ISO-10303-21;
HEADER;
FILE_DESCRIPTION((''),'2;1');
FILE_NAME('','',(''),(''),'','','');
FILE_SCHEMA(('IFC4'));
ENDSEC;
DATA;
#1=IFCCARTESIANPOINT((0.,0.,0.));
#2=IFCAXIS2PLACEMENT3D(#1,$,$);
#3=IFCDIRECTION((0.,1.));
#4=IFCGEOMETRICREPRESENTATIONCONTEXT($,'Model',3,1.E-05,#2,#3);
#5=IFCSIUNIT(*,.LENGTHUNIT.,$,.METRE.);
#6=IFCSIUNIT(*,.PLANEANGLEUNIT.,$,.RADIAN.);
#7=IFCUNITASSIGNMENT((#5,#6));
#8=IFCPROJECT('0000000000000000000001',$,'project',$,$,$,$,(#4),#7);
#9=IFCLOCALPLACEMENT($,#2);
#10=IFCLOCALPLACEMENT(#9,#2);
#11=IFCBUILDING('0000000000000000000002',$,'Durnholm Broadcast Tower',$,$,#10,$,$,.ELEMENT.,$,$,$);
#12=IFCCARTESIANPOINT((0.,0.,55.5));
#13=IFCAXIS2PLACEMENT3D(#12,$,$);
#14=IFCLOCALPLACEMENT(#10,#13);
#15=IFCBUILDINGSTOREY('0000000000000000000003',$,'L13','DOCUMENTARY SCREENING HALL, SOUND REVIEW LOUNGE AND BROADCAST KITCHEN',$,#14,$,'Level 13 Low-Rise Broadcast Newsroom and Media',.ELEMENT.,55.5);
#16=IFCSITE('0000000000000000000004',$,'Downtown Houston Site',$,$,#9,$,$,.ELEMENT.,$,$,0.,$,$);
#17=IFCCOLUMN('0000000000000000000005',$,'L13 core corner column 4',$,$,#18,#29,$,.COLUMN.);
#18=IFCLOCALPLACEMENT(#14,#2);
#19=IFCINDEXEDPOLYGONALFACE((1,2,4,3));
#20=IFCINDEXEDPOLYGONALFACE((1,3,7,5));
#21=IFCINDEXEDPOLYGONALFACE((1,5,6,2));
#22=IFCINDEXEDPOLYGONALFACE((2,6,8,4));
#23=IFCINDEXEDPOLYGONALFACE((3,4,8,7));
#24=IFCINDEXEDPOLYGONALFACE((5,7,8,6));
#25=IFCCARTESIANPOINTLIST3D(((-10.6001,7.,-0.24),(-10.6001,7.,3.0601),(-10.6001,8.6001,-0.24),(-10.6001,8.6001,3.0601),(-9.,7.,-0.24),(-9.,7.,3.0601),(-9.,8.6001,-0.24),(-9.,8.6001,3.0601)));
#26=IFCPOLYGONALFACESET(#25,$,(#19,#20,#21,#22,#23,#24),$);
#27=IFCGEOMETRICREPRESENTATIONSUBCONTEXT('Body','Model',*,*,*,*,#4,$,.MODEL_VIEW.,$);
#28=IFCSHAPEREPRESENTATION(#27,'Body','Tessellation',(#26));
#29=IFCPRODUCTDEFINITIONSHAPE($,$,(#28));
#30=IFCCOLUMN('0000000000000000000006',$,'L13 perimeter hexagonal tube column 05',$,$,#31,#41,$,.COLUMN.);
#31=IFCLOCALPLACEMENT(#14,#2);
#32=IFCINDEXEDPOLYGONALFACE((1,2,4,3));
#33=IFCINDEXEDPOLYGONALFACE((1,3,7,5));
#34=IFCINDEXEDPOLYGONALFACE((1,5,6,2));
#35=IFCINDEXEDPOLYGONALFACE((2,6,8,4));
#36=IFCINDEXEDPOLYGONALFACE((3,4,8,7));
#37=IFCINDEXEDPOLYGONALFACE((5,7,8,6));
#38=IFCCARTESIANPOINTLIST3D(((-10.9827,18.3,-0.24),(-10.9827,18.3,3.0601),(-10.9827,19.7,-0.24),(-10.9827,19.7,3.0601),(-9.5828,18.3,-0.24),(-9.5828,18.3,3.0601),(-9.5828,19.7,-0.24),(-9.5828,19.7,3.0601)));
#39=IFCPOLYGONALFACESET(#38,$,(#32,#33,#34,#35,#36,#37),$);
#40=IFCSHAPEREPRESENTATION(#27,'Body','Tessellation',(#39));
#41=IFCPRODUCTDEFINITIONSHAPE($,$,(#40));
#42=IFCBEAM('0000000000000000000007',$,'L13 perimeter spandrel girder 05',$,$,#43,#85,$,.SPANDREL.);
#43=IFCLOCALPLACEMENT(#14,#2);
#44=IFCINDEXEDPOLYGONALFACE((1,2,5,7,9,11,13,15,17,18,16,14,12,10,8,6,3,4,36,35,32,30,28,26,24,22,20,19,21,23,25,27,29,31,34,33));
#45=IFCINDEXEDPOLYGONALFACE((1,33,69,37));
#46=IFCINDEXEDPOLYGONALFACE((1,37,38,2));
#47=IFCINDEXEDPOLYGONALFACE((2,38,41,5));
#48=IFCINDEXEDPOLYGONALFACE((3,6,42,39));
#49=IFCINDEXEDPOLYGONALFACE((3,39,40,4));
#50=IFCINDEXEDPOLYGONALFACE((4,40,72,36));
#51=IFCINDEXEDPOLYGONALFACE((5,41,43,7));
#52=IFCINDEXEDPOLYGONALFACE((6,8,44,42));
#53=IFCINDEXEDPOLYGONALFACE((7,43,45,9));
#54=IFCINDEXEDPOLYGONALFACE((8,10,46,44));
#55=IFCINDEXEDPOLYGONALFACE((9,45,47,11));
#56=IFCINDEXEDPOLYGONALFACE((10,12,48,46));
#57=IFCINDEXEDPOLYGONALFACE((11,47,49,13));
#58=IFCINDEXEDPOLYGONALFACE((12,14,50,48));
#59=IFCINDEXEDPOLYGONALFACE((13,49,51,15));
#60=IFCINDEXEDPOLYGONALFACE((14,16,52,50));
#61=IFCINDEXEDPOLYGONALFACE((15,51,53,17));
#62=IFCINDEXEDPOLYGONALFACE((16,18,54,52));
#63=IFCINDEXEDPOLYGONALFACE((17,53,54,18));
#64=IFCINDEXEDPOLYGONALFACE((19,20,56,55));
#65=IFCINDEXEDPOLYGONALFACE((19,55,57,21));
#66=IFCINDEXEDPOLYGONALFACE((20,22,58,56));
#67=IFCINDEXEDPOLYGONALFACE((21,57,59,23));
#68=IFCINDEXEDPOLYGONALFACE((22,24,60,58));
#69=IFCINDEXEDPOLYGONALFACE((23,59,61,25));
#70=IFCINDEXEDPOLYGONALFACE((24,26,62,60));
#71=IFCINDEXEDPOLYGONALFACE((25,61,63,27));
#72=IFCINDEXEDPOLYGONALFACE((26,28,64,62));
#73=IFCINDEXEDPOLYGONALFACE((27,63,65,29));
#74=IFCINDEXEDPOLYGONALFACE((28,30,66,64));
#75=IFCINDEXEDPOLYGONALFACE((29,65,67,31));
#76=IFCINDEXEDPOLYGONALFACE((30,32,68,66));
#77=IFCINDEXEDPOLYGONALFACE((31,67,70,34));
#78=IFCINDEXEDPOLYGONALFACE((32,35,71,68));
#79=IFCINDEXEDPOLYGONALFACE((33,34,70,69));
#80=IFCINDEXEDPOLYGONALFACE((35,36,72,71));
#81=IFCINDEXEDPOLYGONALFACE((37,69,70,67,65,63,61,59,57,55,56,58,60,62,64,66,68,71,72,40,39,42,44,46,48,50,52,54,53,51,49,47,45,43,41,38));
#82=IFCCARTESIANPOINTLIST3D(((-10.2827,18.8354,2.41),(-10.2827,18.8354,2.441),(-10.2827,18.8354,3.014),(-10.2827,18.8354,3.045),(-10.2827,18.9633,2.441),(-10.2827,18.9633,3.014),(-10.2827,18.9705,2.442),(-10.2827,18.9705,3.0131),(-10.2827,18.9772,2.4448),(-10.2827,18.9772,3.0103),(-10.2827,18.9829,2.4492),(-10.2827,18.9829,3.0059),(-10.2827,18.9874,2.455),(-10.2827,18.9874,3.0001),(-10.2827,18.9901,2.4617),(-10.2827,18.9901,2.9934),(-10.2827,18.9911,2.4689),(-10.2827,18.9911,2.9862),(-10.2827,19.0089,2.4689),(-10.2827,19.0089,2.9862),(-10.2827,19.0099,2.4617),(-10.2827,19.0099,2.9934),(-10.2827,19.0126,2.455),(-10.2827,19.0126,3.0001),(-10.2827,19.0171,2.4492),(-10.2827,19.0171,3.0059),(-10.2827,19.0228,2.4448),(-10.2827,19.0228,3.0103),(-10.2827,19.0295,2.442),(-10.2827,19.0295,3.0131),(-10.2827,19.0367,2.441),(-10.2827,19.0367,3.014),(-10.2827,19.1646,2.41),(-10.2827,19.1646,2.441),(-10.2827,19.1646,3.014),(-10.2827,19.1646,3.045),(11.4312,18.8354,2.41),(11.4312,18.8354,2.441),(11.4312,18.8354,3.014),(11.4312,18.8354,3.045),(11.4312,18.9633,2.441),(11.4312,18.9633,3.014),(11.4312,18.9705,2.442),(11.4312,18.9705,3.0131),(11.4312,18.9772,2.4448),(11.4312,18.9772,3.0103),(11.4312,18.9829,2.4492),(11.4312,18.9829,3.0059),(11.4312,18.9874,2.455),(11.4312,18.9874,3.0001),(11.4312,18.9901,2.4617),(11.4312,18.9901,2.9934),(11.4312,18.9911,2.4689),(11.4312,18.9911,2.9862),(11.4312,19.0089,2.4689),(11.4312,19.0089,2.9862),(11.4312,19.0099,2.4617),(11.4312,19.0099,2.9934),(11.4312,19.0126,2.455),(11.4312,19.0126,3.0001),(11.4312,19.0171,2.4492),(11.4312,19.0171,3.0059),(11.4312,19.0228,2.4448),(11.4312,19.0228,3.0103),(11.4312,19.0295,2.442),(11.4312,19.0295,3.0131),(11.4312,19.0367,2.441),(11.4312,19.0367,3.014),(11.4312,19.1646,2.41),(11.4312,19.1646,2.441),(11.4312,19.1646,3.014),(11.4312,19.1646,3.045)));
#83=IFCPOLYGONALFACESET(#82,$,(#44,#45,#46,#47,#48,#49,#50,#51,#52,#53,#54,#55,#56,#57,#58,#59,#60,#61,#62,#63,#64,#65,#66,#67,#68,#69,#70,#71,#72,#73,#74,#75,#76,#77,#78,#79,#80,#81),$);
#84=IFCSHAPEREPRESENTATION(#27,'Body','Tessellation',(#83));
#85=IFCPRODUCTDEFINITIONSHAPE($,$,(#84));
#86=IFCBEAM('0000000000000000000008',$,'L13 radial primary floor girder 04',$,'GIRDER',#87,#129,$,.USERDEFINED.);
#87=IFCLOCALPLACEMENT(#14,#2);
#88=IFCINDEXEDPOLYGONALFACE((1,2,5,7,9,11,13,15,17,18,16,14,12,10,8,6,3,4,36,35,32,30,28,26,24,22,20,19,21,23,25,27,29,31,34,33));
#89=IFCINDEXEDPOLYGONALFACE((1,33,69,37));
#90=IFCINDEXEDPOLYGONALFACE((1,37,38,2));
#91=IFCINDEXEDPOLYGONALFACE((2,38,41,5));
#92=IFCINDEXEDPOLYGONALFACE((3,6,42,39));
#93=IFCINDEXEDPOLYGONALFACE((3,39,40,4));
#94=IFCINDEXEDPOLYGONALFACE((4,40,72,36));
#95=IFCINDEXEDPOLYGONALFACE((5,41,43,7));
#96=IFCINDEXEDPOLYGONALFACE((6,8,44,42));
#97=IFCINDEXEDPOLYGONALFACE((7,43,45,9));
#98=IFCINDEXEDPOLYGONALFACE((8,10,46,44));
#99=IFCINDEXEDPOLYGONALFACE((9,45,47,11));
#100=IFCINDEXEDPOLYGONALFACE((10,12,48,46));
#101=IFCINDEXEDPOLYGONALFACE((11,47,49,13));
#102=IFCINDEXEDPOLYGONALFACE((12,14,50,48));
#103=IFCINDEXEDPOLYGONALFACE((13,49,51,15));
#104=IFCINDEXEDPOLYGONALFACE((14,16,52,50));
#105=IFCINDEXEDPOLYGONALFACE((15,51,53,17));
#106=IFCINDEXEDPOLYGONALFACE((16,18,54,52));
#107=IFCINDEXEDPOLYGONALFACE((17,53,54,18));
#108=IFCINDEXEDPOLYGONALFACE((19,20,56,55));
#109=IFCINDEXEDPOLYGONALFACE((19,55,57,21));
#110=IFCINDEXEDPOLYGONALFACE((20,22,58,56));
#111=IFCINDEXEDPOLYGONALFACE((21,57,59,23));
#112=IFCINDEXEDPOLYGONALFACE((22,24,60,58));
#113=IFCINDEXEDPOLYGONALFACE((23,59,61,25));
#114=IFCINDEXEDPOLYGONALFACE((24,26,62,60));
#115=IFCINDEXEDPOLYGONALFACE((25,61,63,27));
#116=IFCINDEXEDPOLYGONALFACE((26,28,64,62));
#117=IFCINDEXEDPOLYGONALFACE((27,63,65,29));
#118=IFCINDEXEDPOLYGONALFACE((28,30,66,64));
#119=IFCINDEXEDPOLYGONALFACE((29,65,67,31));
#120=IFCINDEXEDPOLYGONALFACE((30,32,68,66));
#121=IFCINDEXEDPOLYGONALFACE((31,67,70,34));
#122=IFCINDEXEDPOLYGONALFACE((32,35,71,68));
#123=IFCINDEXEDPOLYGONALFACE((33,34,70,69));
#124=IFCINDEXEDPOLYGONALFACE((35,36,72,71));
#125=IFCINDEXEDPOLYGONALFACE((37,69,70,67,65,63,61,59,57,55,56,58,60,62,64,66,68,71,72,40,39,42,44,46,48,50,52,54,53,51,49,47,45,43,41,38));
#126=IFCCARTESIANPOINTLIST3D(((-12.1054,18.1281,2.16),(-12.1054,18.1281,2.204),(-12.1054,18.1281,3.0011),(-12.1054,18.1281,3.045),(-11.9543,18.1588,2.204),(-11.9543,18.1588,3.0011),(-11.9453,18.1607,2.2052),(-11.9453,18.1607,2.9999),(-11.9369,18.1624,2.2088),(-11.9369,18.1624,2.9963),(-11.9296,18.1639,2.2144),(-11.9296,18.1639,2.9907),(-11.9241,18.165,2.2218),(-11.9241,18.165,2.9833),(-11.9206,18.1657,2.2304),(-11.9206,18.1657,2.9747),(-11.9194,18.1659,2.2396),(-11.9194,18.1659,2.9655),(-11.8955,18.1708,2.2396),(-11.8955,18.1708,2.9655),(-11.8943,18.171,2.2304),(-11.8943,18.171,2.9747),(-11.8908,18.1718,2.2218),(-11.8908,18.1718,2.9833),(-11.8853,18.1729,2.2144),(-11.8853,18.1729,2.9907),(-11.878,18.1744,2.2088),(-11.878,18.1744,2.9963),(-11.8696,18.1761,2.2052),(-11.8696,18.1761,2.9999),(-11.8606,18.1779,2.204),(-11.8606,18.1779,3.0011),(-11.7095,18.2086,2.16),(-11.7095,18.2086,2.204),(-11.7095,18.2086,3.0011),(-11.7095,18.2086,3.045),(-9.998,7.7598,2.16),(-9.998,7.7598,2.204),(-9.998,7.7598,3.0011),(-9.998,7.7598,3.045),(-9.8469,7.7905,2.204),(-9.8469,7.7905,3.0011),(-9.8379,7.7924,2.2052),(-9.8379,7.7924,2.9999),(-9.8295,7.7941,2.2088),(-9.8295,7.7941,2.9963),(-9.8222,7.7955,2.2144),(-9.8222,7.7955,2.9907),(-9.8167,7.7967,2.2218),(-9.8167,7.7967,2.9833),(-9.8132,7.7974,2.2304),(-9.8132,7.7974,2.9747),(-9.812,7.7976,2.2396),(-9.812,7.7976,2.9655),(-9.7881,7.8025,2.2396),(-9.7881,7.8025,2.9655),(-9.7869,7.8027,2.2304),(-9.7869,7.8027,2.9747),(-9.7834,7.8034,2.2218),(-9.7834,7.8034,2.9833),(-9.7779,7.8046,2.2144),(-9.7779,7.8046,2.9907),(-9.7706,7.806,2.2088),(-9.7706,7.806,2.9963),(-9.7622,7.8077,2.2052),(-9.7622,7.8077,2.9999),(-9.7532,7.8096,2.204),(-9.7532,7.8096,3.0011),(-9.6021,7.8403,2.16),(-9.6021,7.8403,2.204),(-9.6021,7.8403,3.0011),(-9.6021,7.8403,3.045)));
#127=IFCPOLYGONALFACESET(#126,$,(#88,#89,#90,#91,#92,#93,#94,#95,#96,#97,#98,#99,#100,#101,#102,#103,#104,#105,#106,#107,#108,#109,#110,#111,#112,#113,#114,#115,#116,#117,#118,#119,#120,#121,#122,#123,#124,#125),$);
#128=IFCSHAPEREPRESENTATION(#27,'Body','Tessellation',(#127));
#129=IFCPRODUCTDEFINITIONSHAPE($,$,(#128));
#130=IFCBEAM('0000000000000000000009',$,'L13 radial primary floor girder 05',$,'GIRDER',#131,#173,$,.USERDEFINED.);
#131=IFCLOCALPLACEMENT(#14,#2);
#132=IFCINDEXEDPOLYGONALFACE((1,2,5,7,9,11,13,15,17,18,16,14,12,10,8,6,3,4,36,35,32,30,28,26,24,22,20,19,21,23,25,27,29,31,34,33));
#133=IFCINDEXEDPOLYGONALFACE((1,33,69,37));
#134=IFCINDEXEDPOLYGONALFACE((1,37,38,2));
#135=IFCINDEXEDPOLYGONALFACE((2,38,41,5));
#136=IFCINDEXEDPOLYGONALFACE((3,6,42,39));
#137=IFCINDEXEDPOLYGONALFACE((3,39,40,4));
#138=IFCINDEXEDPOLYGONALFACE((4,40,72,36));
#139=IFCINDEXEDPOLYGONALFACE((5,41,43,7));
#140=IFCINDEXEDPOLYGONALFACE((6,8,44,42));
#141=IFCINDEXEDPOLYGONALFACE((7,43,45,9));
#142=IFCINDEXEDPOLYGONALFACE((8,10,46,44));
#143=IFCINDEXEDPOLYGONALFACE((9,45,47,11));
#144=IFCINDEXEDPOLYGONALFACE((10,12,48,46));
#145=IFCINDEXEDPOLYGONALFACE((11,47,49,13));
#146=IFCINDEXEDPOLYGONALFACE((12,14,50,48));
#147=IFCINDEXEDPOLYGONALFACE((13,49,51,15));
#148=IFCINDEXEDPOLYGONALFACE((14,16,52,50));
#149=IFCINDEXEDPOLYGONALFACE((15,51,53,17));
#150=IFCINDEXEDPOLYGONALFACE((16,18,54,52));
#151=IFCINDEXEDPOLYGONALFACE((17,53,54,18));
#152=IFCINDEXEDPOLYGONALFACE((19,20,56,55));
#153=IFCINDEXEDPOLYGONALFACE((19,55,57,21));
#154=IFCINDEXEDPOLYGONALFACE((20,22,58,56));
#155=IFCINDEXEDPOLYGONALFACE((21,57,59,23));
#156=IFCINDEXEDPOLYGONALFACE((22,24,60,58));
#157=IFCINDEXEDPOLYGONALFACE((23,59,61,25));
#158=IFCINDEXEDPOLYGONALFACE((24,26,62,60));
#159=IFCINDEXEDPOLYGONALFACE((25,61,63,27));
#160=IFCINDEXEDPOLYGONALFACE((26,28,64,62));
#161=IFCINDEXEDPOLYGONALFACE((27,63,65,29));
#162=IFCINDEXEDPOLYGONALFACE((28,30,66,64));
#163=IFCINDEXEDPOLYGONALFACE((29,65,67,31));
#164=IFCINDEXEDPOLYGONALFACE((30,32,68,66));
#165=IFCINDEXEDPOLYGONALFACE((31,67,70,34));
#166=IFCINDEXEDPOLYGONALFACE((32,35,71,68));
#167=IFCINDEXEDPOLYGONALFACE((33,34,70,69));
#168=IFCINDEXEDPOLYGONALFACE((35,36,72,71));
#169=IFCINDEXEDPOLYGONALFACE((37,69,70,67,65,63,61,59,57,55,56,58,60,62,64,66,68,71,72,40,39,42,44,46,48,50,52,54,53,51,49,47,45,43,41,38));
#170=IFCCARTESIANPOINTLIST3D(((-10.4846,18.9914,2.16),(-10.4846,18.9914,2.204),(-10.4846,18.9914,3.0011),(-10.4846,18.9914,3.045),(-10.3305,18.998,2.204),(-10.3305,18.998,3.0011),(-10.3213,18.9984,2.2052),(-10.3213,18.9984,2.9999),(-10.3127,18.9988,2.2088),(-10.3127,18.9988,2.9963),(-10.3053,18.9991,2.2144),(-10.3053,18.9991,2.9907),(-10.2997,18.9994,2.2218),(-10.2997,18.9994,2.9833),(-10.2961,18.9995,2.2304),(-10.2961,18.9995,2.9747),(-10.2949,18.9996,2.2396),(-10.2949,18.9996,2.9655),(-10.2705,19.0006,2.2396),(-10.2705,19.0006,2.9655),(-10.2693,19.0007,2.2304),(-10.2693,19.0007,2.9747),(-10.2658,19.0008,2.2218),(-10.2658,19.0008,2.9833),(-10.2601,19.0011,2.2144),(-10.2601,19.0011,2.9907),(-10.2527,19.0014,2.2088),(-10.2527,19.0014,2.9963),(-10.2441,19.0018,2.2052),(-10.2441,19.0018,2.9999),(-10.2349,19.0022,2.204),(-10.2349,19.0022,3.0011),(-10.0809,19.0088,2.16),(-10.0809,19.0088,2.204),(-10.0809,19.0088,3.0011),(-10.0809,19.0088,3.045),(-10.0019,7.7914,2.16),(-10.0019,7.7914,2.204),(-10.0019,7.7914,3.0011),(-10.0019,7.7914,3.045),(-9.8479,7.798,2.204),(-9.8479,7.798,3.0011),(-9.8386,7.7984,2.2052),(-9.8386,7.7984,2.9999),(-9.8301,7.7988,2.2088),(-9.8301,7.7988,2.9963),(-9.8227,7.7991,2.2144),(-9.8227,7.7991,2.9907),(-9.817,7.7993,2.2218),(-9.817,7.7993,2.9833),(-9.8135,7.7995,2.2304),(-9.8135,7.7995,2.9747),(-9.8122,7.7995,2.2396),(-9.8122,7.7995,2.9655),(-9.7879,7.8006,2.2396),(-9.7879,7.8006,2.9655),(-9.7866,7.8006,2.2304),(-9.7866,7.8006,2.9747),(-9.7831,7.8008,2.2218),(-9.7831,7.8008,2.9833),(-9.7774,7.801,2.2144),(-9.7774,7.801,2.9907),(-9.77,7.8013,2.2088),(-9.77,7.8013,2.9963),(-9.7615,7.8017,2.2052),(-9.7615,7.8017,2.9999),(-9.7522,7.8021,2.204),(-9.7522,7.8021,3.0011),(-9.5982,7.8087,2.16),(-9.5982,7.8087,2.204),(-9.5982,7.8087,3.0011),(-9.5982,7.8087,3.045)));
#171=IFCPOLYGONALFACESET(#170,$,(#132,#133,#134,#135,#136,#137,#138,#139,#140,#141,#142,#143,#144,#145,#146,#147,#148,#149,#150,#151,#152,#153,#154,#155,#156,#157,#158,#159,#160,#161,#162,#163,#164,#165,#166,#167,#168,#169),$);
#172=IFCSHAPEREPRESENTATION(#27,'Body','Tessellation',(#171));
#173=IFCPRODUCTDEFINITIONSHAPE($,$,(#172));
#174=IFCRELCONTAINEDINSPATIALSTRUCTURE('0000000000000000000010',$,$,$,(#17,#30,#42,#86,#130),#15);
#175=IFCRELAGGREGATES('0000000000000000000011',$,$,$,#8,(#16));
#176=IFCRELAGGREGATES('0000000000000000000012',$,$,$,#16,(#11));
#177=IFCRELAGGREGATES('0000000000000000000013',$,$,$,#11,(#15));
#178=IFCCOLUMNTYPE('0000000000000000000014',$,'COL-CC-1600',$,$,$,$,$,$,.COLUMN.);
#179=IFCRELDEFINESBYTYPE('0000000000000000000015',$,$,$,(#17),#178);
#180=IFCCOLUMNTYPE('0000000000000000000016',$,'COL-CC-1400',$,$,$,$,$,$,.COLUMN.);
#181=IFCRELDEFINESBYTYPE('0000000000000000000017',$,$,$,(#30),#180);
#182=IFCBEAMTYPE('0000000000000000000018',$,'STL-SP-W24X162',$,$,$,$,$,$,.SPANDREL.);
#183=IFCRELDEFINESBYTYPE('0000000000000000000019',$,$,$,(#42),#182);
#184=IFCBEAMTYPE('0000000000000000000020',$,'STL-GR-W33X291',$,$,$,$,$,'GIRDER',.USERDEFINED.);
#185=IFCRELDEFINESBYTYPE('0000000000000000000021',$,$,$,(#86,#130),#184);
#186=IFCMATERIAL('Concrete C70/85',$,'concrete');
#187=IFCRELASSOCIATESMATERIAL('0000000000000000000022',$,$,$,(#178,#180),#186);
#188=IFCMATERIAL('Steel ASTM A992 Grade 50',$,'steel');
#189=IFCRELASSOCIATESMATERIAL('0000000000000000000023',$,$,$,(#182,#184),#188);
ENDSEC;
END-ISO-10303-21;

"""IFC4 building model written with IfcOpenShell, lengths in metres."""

from ifc_helpers import new_model, si_unit, direction, frame, origin, origin_2d, place, context, subcontext, project, spatial, rectangle, i_section, extrude, source, transform, mapped, material, material_profile, profile_set, type_object, type_shapes, element, save


model = new_model("IFC4")

# Units and contexts
model_context = context("Model", 3, precision=1e-05, world=origin(), true_north=direction((0.0, 1.0)))
body_context = subcontext(model_context, "Body", "Model", "MODEL_VIEW")
ifc_project = project(units=[si_unit("LENGTHUNIT", "METRE"), si_unit("PLANEANGLEUNIT", "RADIAN")], contexts=[model_context])

# Site, building, storey
site_placement = place(None, origin())
site = spatial("IfcSite", under=ifc_project, at=site_placement, Name="Downtown Houston Site", CompositionType="ELEMENT", RefElevation=0.0)
building_placement = place(site_placement, origin())
building = spatial("IfcBuilding", under=site, at=building_placement, Name="Durnholm Broadcast Tower", CompositionType="ELEMENT")
storey_placement = place(building_placement, frame((0.0, 0.0, 55.5)))
storey = spatial("IfcBuildingStorey", under=building, at=storey_placement, Name="L13", Description="DOCUMENTARY SCREENING HALL, SOUND REVIEW LOUNGE AND BROADCAST KITCHEN", LongName="Level 13 Low-Rise Broadcast Newsroom and Media", CompositionType="ELEMENT", Elevation=55.5)

# Columns
ifc_material_1 = material(Name="Concrete C70/85", Category="concrete")
ifc_material_profile_1 = material_profile(ifc_material_1, rectangle(XDim=1.6001, YDim=1.6001, at=origin_2d()), Name="RC1600X1600")
ifc_profile_set_1 = profile_set([ifc_material_profile_1], Name="Concrete C70/85")
column_type_1 = type_object("IfcColumnType", Name="COL-CC-1600", PredefinedType="COLUMN", material=ifc_profile_set_1)
shared_shape_1 = source(origin(), body_context, "Body", "SweptSolid", [
    extrude(rectangle(XDim=1.6001, YDim=1.6001, at=origin_2d()), origin(), (0.0, 0.0, 1.0), 3.3),
])
type_shapes(column_type_1, [shared_shape_1])
column_1_placement = place(storey_placement, frame((-9.8, 7.8, -0.24), z_axis=(0.0, 0.0, 1.0), x_axis=(1.0, 0.0, 0.0)))
element("IfcColumn", 1, at=column_1_placement, inside=storey, type_object=column_type_1, Name="L13 core corner column 4", PredefinedType="COLUMN", context=body_context, shape_type="MappedRepresentation", body=[
    mapped(shared_shape_1, transform((0.0, 0.0, 0.0), x_axis=(1.0, 0.0, 0.0), y_axis=(0.0, 1.0, 0.0), z_axis=(0.0, 0.0, 1.0), scale=1.0)),
])
ifc_material_profile_2 = material_profile(ifc_material_1, rectangle(XDim=1.3999, YDim=1.3999, at=origin_2d()), Name="RC1400X1400")
ifc_profile_set_2 = profile_set([ifc_material_profile_2], Name="Concrete C70/85")
column_type_2 = type_object("IfcColumnType", Name="COL-CC-1400", PredefinedType="COLUMN", material=ifc_profile_set_2)
shared_shape_2 = source(origin(), body_context, "Body", "SweptSolid", [
    extrude(rectangle(XDim=1.3999, YDim=1.3999, at=origin_2d()), origin(), (0.0, 0.0, 1.0), 3.3),
])
type_shapes(column_type_2, [shared_shape_2])
column_2_placement = place(storey_placement, frame((-10.2827, 19.0, -0.24), z_axis=(0.0, 0.0, 1.0), x_axis=(1.0, 0.0, 0.0)))
element("IfcColumn", 2, at=column_2_placement, inside=storey, type_object=column_type_2, Name="L13 perimeter hexagonal tube column 05", PredefinedType="COLUMN", context=body_context, shape_type="MappedRepresentation", body=[
    mapped(shared_shape_2, transform((0.0, 0.0, 0.0), x_axis=(1.0, 0.0, 0.0), y_axis=(0.0, 1.0, 0.0), z_axis=(0.0, 0.0, 1.0), scale=1.0)),
])

# Beams
ifc_material_2 = material(Name="Steel ASTM A992 Grade 50", Category="steel")
ifc_material_profile_3 = material_profile(ifc_material_2, i_section(OverallWidth=0.3291, OverallDepth=0.635, WebThickness=0.0178, FlangeThickness=0.031, FilletRadius=0.0278, at=origin_2d()), Name="W24X162")
ifc_profile_set_3 = profile_set([ifc_material_profile_3], Name="Steel ASTM A992 Grade 50")
beam_type_1 = type_object("IfcBeamType", Name="STL-SP-W24X162", PredefinedType="SPANDREL", material=ifc_profile_set_3)
shared_shape_3 = source(origin(), body_context, "Body", "SweptSolid", [
    extrude(i_section(OverallWidth=0.3291, OverallDepth=0.635, WebThickness=0.0178, FlangeThickness=0.031, FilletRadius=0.0278, at=origin_2d()), origin(), (0.0, 0.0, 1.0), 21.7139),
])
type_shapes(beam_type_1, [shared_shape_3])
beam_1_placement = place(storey_placement, frame((-10.2827, 19.0, 2.7275), z_axis=(1.0, 0.0, 0.0), x_axis=(0.0, 1.0, 0.0)))
element("IfcBeam", 3, at=beam_1_placement, inside=storey, type_object=beam_type_1, Name="L13 perimeter spandrel girder 05", PredefinedType="SPANDREL", context=body_context, shape_type="MappedRepresentation", body=[
    mapped(shared_shape_3, transform((0.0, 0.0, 0.0), x_axis=(1.0, 0.0, 0.0), y_axis=(0.0, 1.0, 0.0), z_axis=(0.0, 0.0, 1.0), scale=1.0)),
])
ifc_material_profile_4 = material_profile(ifc_material_2, i_section(OverallWidth=0.4041, OverallDepth=0.885, WebThickness=0.0244, FlangeThickness=0.0439, FilletRadius=0.0356, at=origin_2d()), Name="W33X291")
ifc_profile_set_4 = profile_set([ifc_material_profile_4], Name="Steel ASTM A992 Grade 50")
beam_type_2 = type_object("IfcBeamType", Name="STL-GR-W33X291", ElementType="GIRDER", PredefinedType="USERDEFINED", material=ifc_profile_set_4)
shared_shape_4 = source(origin(), body_context, "Body", "SweptSolid", [
    extrude(i_section(OverallWidth=0.4041, OverallDepth=0.885, WebThickness=0.0244, FlangeThickness=0.0439, FilletRadius=0.0356, at=origin_2d()), origin(), (0.0, 0.0, 1.0), 10.5803),
])
beam_2_placement = place(storey_placement, frame((-9.8, 7.8, 2.6025), z_axis=(-0.199181, 0.979963, 0.0), x_axis=(-0.979963, -0.199181, 0.0)))
element("IfcBeam", 4, at=beam_2_placement, inside=storey, type_object=beam_type_2, Name="L13 radial primary floor girder 04", ObjectType="GIRDER", PredefinedType="USERDEFINED", context=body_context, shape_type="MappedRepresentation", body=[
    mapped(shared_shape_4, transform((0.0, 0.0, 0.0), x_axis=(1.0, 0.0, 0.0), y_axis=(0.0, 1.0, 0.0), z_axis=(0.0, 0.0, 1.0), scale=1.0)),
])
shared_shape_5 = source(origin(), body_context, "Body", "SweptSolid", [
    extrude(i_section(OverallWidth=0.4041, OverallDepth=0.885, WebThickness=0.0244, FlangeThickness=0.0439, FilletRadius=0.0356, at=origin_2d()), origin(), (0.0, 0.0, 1.0), 11.2104),
])
type_shapes(beam_type_2, [shared_shape_4, shared_shape_5])
beam_3_placement = place(storey_placement, frame((-9.8, 7.8, 2.6025), z_axis=(-0.043055, 0.999073, 0.0), x_axis=(-0.999073, -0.043055, 0.0)))
element("IfcBeam", 5, at=beam_3_placement, inside=storey, type_object=beam_type_2, Name="L13 radial primary floor girder 05", ObjectType="GIRDER", PredefinedType="USERDEFINED", context=body_context, shape_type="MappedRepresentation", body=[
    mapped(shared_shape_5, transform((0.0, 0.0, 0.0), x_axis=(1.0, 0.0, 0.0), y_axis=(0.0, 1.0, 0.0), z_axis=(0.0, 0.0, 1.0), scale=1.0)),
])

save(model, "model.ifc")
